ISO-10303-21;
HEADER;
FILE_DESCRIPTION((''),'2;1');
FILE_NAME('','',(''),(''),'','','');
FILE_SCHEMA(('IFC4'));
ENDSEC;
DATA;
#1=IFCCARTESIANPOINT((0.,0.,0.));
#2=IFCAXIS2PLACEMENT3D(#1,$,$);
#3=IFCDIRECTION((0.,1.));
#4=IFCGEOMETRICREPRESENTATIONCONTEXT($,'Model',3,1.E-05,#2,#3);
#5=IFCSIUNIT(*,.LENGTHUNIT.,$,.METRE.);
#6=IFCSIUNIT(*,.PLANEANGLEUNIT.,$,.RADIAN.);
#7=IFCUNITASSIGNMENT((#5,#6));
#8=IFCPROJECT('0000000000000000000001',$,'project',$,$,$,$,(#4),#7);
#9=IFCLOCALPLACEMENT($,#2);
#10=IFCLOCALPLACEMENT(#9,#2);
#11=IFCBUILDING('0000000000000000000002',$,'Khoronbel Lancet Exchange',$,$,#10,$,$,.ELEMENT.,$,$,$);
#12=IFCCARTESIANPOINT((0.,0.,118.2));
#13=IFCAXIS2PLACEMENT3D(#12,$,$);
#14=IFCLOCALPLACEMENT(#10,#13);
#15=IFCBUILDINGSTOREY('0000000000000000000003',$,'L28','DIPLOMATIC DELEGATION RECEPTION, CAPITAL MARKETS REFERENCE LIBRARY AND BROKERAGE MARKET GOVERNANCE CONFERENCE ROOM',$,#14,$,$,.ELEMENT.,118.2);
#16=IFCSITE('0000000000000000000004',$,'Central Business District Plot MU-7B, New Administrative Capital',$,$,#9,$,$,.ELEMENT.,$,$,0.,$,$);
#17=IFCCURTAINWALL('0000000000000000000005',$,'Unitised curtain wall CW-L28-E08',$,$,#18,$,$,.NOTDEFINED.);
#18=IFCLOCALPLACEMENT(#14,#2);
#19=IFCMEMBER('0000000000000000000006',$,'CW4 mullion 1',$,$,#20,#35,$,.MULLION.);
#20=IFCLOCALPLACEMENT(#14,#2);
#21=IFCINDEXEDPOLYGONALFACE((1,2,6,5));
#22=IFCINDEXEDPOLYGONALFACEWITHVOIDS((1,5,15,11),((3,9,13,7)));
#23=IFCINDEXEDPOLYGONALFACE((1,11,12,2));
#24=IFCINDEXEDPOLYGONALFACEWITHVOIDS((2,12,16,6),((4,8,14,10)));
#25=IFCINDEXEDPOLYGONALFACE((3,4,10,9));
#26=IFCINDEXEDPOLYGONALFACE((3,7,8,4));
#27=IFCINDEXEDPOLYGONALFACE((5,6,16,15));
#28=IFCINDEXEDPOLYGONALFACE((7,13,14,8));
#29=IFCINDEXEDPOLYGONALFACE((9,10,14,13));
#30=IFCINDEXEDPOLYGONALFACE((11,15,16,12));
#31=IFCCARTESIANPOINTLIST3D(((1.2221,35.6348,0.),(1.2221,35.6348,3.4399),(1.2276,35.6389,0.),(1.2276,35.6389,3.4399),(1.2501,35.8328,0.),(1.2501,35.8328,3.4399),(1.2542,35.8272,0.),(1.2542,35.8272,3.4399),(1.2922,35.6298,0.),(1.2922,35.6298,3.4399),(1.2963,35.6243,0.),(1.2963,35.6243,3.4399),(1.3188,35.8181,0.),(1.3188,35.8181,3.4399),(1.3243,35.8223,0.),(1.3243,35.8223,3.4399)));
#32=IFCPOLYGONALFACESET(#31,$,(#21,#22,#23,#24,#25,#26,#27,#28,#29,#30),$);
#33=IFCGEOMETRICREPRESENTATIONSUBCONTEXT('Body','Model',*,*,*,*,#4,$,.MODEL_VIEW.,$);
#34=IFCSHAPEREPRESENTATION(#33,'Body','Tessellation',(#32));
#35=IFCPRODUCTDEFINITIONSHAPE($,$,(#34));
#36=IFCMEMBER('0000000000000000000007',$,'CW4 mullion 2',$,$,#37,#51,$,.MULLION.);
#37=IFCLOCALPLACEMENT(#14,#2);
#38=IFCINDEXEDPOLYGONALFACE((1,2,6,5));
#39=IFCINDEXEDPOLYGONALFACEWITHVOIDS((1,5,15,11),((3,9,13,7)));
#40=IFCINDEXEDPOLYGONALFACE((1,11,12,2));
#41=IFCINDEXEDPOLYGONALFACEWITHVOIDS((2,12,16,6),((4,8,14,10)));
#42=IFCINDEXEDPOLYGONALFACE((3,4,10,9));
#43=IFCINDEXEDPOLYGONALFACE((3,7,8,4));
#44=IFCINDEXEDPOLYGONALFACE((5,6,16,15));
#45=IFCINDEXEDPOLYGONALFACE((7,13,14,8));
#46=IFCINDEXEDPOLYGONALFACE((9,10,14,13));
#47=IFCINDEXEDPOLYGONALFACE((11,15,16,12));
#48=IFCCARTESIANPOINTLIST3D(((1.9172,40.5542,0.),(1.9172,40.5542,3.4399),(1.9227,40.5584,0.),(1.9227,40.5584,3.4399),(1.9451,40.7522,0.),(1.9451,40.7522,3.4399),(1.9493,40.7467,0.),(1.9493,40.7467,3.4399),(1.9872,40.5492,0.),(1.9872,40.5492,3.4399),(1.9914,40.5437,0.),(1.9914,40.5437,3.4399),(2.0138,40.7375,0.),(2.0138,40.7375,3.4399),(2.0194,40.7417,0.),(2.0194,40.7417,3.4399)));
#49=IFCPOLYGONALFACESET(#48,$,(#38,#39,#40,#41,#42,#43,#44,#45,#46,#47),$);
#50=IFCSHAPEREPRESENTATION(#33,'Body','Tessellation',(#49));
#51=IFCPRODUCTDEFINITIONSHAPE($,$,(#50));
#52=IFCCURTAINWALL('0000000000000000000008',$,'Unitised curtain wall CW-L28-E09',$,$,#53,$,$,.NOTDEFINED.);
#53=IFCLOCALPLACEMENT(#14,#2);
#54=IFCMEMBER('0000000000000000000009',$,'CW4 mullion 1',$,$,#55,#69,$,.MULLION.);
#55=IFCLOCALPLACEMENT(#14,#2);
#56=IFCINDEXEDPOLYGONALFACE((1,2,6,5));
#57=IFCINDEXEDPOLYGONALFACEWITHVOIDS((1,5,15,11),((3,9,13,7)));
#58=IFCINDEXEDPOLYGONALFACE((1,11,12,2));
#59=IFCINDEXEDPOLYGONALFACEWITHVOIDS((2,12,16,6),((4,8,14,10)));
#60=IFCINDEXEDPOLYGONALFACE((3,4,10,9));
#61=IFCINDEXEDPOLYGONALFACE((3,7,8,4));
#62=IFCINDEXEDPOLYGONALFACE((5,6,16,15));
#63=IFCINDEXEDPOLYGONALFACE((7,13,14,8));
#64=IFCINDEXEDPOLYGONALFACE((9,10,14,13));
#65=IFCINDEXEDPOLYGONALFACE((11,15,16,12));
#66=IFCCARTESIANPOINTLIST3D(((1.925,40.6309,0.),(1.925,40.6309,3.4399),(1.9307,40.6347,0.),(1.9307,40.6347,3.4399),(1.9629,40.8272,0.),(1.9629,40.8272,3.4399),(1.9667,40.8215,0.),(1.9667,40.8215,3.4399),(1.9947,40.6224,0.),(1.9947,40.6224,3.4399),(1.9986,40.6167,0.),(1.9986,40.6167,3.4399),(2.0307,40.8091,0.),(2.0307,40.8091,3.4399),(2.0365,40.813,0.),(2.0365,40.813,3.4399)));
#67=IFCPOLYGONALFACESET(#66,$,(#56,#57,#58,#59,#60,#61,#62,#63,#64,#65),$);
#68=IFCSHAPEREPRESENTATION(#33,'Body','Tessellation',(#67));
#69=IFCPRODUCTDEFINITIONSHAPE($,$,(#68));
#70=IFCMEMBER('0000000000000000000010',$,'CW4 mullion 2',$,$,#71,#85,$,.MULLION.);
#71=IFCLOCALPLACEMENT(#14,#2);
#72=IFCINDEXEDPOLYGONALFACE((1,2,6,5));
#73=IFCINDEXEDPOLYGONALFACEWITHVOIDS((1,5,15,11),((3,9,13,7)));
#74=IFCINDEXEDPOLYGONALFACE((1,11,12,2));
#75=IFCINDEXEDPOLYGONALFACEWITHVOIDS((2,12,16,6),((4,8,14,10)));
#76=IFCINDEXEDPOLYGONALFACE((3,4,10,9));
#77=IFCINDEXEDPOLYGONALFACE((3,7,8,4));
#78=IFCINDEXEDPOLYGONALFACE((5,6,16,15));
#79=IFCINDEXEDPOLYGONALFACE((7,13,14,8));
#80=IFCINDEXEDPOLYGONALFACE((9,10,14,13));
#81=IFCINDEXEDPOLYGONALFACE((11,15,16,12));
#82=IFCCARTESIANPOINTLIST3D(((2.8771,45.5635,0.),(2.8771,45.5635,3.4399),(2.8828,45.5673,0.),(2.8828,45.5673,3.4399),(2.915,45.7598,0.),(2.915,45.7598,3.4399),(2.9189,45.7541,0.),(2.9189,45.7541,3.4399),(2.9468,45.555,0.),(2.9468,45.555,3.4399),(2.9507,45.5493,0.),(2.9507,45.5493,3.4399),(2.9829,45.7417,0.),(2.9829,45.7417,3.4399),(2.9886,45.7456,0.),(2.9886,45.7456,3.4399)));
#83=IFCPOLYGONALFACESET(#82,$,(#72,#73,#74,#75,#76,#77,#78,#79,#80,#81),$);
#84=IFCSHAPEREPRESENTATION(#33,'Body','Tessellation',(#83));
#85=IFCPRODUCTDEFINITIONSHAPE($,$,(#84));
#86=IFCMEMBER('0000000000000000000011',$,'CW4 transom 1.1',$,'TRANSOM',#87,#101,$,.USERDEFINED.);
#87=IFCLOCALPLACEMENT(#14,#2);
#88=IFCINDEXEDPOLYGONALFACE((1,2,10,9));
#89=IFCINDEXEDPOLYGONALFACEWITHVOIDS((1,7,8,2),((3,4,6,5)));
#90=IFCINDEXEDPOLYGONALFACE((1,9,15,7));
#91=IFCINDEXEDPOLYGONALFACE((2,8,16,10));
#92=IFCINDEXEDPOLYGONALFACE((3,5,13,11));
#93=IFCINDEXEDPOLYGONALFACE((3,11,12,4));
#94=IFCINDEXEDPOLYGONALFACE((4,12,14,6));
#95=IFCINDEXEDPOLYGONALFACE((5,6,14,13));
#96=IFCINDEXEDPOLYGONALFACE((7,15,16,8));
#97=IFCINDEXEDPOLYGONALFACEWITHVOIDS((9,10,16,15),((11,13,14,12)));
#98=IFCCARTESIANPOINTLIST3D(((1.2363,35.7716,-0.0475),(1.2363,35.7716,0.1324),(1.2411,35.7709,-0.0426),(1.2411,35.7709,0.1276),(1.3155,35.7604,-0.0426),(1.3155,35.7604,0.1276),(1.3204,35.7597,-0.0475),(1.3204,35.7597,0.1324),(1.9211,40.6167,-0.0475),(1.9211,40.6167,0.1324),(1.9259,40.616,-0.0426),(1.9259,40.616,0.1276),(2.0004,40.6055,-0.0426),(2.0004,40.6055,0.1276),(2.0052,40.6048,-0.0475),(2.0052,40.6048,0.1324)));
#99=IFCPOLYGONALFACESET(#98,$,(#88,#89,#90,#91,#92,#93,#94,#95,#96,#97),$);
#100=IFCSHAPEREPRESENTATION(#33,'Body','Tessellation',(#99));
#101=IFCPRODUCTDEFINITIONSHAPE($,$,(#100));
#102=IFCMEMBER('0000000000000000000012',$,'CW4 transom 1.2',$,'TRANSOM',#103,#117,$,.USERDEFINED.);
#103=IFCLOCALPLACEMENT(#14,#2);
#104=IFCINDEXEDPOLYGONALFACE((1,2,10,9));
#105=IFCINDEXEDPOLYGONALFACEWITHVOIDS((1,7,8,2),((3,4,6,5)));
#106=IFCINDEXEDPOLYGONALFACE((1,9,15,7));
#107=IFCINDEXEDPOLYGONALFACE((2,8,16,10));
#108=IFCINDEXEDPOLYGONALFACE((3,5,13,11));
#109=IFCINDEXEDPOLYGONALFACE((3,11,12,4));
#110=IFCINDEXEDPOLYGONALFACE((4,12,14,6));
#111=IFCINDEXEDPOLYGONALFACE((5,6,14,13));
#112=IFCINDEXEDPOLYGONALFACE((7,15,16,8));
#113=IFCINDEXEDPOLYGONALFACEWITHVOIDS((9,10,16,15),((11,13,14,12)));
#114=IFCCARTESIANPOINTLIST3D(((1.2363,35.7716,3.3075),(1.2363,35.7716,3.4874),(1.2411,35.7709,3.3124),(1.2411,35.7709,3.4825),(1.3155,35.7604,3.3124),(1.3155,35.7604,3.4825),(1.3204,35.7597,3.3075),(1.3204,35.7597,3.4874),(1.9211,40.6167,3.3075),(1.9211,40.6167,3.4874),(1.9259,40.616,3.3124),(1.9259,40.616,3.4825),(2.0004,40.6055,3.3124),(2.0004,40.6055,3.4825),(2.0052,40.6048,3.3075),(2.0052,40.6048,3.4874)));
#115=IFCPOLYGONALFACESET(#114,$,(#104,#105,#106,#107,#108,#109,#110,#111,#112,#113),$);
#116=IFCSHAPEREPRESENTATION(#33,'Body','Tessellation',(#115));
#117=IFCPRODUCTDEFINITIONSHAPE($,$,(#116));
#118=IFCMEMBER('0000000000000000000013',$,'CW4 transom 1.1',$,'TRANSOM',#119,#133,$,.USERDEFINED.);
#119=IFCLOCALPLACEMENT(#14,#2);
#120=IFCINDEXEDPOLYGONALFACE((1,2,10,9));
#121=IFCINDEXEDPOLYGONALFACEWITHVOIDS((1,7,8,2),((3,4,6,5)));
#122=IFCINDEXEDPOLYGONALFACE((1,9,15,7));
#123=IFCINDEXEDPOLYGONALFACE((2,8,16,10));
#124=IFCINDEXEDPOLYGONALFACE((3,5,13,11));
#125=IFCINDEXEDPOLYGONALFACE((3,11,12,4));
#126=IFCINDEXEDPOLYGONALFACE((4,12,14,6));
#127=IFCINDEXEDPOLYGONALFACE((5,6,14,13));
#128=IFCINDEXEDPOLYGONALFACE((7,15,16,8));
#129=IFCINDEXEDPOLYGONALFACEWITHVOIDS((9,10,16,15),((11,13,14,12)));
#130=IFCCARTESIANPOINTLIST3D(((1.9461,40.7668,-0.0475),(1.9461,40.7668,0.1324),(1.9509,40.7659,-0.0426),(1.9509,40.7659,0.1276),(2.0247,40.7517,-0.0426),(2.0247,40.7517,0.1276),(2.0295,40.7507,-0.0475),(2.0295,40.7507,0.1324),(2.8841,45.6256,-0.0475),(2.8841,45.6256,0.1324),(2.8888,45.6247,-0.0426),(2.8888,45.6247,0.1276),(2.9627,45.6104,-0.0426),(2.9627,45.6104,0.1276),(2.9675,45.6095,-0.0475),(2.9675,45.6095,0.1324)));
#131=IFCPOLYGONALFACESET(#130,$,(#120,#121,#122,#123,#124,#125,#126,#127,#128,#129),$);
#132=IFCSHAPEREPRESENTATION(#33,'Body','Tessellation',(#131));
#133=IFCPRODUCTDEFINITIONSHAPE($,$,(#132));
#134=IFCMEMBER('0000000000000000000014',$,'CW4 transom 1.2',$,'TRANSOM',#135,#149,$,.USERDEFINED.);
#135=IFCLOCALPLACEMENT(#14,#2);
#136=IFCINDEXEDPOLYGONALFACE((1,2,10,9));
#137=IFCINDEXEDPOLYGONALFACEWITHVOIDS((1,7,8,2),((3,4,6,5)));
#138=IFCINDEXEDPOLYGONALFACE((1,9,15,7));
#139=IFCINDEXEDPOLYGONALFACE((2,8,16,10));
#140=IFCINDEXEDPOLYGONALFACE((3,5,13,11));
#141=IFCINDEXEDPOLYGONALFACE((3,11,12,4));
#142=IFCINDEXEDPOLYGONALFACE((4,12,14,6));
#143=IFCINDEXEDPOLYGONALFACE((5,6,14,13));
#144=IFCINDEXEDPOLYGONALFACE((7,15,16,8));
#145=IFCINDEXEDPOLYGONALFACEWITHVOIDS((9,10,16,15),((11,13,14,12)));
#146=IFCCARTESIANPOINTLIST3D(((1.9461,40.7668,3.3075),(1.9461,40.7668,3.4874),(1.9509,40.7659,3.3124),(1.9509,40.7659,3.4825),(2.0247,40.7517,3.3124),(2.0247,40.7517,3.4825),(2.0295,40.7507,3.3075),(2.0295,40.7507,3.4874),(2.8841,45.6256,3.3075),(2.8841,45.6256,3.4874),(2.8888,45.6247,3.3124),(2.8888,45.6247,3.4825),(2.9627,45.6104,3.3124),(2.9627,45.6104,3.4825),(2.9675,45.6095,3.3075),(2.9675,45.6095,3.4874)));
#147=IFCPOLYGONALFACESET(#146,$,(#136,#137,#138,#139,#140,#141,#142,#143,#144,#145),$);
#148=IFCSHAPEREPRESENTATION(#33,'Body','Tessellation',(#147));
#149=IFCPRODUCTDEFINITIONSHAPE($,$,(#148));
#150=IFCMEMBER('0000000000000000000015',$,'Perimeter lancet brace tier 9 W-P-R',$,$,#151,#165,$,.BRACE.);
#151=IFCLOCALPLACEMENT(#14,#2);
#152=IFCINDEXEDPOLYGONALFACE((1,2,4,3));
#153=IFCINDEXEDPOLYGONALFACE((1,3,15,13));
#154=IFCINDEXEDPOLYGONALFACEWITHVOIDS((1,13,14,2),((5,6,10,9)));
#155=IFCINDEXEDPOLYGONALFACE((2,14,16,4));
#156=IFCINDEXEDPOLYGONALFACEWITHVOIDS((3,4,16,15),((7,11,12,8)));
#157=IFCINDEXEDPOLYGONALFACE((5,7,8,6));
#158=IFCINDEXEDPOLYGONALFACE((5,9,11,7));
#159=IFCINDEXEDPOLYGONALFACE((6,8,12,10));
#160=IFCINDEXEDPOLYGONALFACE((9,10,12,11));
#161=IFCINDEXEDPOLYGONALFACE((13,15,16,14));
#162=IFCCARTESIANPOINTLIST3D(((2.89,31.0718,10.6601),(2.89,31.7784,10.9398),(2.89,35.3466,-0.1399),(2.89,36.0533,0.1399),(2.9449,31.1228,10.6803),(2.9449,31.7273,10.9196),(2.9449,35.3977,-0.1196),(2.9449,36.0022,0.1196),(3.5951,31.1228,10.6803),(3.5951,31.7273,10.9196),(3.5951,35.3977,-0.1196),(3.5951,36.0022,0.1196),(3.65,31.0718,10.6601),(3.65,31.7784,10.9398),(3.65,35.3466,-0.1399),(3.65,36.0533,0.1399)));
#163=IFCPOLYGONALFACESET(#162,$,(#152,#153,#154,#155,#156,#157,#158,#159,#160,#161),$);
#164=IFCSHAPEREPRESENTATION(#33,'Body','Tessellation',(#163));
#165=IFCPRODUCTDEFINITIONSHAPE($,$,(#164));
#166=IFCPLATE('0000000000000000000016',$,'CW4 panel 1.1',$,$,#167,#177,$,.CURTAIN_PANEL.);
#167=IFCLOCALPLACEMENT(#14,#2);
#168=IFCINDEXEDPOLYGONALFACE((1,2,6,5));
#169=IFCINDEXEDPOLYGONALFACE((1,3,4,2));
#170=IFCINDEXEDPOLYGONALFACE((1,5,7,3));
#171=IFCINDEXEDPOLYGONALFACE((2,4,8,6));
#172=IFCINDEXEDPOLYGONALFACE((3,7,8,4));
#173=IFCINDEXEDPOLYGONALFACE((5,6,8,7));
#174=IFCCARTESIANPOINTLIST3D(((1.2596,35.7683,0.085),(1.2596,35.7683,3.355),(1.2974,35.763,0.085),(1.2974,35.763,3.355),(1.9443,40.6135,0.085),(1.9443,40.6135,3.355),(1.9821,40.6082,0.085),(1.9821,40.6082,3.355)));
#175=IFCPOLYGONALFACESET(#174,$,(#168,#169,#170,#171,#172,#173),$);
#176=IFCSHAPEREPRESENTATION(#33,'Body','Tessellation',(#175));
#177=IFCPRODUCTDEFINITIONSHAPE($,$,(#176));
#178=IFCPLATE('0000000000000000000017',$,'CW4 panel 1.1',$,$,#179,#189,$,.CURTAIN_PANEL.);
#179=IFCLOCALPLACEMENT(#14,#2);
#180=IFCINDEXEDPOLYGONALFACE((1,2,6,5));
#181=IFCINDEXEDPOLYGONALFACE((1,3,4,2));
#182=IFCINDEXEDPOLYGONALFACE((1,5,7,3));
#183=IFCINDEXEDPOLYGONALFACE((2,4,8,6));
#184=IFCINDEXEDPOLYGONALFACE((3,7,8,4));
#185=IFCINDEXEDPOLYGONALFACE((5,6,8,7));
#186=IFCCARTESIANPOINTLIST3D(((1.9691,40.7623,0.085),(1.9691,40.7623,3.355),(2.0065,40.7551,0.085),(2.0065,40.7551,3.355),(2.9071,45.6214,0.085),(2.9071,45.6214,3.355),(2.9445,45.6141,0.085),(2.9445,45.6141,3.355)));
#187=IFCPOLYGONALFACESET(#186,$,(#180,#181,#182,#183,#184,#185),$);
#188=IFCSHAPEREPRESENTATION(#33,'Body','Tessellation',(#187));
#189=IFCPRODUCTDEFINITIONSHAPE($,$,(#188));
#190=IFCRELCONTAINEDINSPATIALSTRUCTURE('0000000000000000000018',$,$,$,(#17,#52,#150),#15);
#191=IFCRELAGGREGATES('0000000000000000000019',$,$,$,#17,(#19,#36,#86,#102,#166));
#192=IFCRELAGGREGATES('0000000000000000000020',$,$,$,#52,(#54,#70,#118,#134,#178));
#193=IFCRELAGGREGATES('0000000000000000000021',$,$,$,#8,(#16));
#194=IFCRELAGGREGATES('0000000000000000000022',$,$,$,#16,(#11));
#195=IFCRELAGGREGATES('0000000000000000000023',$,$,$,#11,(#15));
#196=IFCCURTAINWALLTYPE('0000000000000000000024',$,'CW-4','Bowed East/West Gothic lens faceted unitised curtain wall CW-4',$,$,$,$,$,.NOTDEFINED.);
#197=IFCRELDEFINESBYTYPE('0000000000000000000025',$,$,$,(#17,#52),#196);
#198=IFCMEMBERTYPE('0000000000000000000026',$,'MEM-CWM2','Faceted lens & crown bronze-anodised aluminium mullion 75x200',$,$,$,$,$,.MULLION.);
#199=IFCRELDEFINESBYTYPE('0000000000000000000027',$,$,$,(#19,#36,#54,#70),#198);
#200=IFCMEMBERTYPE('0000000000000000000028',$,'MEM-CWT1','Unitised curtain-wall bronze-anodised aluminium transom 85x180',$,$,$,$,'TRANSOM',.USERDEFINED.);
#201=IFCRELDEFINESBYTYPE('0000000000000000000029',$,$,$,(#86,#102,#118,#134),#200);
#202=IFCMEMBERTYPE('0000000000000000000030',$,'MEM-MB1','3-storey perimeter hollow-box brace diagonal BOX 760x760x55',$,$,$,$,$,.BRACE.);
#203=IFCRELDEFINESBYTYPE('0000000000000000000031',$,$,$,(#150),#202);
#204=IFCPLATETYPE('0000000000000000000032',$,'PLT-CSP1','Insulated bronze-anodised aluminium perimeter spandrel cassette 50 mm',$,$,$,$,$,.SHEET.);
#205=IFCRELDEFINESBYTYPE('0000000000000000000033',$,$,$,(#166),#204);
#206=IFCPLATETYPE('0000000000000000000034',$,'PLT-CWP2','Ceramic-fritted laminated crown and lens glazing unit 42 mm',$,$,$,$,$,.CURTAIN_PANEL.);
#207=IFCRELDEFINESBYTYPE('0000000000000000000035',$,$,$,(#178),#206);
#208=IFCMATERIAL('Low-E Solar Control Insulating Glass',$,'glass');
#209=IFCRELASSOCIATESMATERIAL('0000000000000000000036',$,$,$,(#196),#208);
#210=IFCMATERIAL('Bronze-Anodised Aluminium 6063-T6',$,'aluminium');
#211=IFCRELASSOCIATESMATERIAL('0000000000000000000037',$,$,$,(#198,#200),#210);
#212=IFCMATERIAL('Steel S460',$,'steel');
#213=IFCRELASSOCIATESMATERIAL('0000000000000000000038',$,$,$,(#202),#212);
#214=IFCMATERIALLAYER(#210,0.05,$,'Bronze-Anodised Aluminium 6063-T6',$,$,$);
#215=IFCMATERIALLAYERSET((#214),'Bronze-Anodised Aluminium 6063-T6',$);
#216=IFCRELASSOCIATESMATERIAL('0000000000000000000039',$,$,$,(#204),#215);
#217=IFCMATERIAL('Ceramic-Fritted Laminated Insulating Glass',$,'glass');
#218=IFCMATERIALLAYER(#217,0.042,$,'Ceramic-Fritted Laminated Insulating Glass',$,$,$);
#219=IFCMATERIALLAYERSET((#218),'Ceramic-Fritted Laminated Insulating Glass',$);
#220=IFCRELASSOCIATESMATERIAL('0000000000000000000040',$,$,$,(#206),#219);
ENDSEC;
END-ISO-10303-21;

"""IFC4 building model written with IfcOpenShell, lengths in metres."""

from ifc_helpers import new_model, si_unit, direction, frame, origin, origin_2d, place, context, subcontext, project, spatial, rectangle, hollow_rectangle, extrude, material, layer, layer_set, material_profile, profile_set, type_object, element, aggregate, save


model = new_model("IFC4")

# Units and contexts
model_context = context("Model", 3, precision=1e-05, world=origin(), true_north=direction((0.0, 1.0)))
body_context = subcontext(model_context, "Body", "Model", "MODEL_VIEW")
ifc_project = project(units=[si_unit("LENGTHUNIT", "METRE"), si_unit("PLANEANGLEUNIT", "RADIAN")], contexts=[model_context])

# Site, building, storey
site_placement = place(None, origin())
site = spatial("IfcSite", under=ifc_project, at=site_placement, Name="Central Business District Plot MU-7B, New Administrative Capital", CompositionType="ELEMENT", RefElevation=0.0)
building_placement = place(site_placement, origin())
building = spatial("IfcBuilding", under=site, at=building_placement, Name="Khoronbel Lancet Exchange", CompositionType="ELEMENT")
storey_placement = place(building_placement, frame((0.0, 0.0, 118.2)))
storey = spatial("IfcBuildingStorey", under=building, at=storey_placement, Name="L28", Description="DIPLOMATIC DELEGATION RECEPTION, CAPITAL MARKETS REFERENCE LIBRARY AND BROKERAGE MARKET GOVERNANCE CONFERENCE ROOM", CompositionType="ELEMENT", Elevation=118.2)

# Shared definitions
ifc_material_1 = material(Name="Steel S460", Category="steel")

# Curtain walls, members
ifc_material_2 = material(Name="Low-E Solar Control Insulating Glass", Category="glass")
curtain_wall_type = type_object("IfcCurtainWallType", Name="CW-4", Description="Bowed East/West Gothic lens faceted unitised curtain wall CW-4", PredefinedType="NOTDEFINED", material=ifc_material_2)
curtain_wall_1_placement = place(storey_placement, origin())
curtain_wall_1 = element("IfcCurtainWall", 1, at=curtain_wall_1_placement, inside=storey, type_object=curtain_wall_type, Name="Unitised curtain wall CW-L28-E08", PredefinedType="NOTDEFINED")
ifc_material_3 = material(Name="Bronze-Anodised Aluminium 6063-T6", Category="aluminium")
ifc_material_profile_1 = material_profile(ifc_material_3, hollow_rectangle(XDim=0.075, YDim=0.2, WallThickness=0.0049, at=origin_2d()), Name="ALU MULLION 75x200")
ifc_profile_set_1 = profile_set([ifc_material_profile_1], Name="Bronze-Anodised Aluminium 6063-T6")
member_type_1 = type_object("IfcMemberType", Name="MEM-CWM2", Description="Faceted lens & crown bronze-anodised aluminium mullion 75x200", PredefinedType="MULLION", material=ifc_profile_set_1)
member_1_placement = place(storey_placement, frame((1.2732, 35.7285, 0.0), z_axis=(0.0, 0.0, 1.0), x_axis=(-0.990162, 0.139925, 0.0)))
member_1 = element("IfcMember", 2, at=member_1_placement, type_object=member_type_1, Name="CW4 mullion 1", PredefinedType="MULLION", context=body_context, shape_type="SweptSolid", body=[
    extrude(hollow_rectangle(XDim=0.075, YDim=0.2, WallThickness=0.0049, at=origin_2d()), origin(), (0.0, 0.0, 1.0), 3.4399),
])
member_2_placement = place(storey_placement, frame((1.9683, 40.6479, 0.0), z_axis=(0.0, 0.0, 1.0), x_axis=(-0.990162, 0.139925, 0.0)))
member_2 = element("IfcMember", 3, at=member_2_placement, type_object=member_type_1, Name="CW4 mullion 2", PredefinedType="MULLION", context=body_context, shape_type="SweptSolid", body=[
    extrude(hollow_rectangle(XDim=0.075, YDim=0.2, WallThickness=0.0049, at=origin_2d()), origin(), (0.0, 0.0, 1.0), 3.4399),
])
curtain_wall_2_placement = place(storey_placement, origin())
curtain_wall_2 = element("IfcCurtainWall", 4, at=curtain_wall_2_placement, inside=storey, type_object=curtain_wall_type, Name="Unitised curtain wall CW-L28-E09", PredefinedType="NOTDEFINED")
member_3_placement = place(storey_placement, frame((1.9807, 40.7219, 0.0), z_axis=(0.0, 0.0, 1.0), x_axis=(-0.981873, 0.189541, 0.0)))
member_3 = element("IfcMember", 5, at=member_3_placement, type_object=member_type_1, Name="CW4 mullion 1", PredefinedType="MULLION", context=body_context, shape_type="SweptSolid", body=[
    extrude(hollow_rectangle(XDim=0.075, YDim=0.2, WallThickness=0.0049, at=origin_2d()), origin(), (0.0, 0.0, 1.0), 3.4399),
])
member_4_placement = place(storey_placement, frame((2.9329, 45.6545, 0.0), z_axis=(0.0, 0.0, 1.0), x_axis=(-0.981873, 0.189541, 0.0)))
member_4 = element("IfcMember", 6, at=member_4_placement, type_object=member_type_1, Name="CW4 mullion 2", PredefinedType="MULLION", context=body_context, shape_type="SweptSolid", body=[
    extrude(hollow_rectangle(XDim=0.075, YDim=0.2, WallThickness=0.0049, at=origin_2d()), origin(), (0.0, 0.0, 1.0), 3.4399),
])

# Members
ifc_material_profile_2 = material_profile(ifc_material_3, hollow_rectangle(XDim=0.085, YDim=0.1799, WallThickness=0.0049, at=origin_2d()), Name="ALU TRANSOM 85x180")
ifc_profile_set_2 = profile_set([ifc_material_profile_2], Name="Bronze-Anodised Aluminium 6063-T6")
member_type_2 = type_object("IfcMemberType", Name="MEM-CWT1", Description="Unitised curtain-wall bronze-anodised aluminium transom 85x180", ElementType="TRANSOM", PredefinedType="USERDEFINED", material=ifc_profile_set_2)
member_5_placement = place(storey_placement, frame((1.2783, 35.7656, 0.0425), z_axis=(0.139947, 0.990159, 0.0), x_axis=(-0.990159, 0.139947, 0.0)))
member_5 = element("IfcMember", 7, at=member_5_placement, type_object=member_type_2, Name="CW4 transom 1.1", ObjectType="TRANSOM", PredefinedType="USERDEFINED", context=body_context, shape_type="SweptSolid", body=[
    extrude(hollow_rectangle(XDim=0.085, YDim=0.1799, WallThickness=0.0049, at=origin_2d()), origin(), (0.0, 0.0, 1.0), 4.8933),
])
member_6_placement = place(storey_placement, frame((1.2783, 35.7656, 3.3975), z_axis=(0.139947, 0.990159, 0.0), x_axis=(-0.990159, 0.139947, 0.0)))
member_6 = element("IfcMember", 8, at=member_6_placement, type_object=member_type_2, Name="CW4 transom 1.2", ObjectType="TRANSOM", PredefinedType="USERDEFINED", context=body_context, shape_type="SweptSolid", body=[
    extrude(hollow_rectangle(XDim=0.085, YDim=0.1799, WallThickness=0.0049, at=origin_2d()), origin(), (0.0, 0.0, 1.0), 4.8933),
])
member_7_placement = place(storey_placement, frame((1.9878, 40.7588, 0.0425), z_axis=(0.189546, 0.981872, 0.0), x_axis=(-0.981872, 0.189546, 0.0)))
member_7 = element("IfcMember", 9, at=member_7_placement, type_object=member_type_2, Name="CW4 transom 1.1", ObjectType="TRANSOM", PredefinedType="USERDEFINED", context=body_context, shape_type="SweptSolid", body=[
    extrude(hollow_rectangle(XDim=0.085, YDim=0.1799, WallThickness=0.0049, at=origin_2d()), origin(), (0.0, 0.0, 1.0), 4.9485),
])
member_8_placement = place(storey_placement, frame((1.9878, 40.7588, 3.3975), z_axis=(0.189546, 0.981872, 0.0), x_axis=(-0.981872, 0.189546, 0.0)))
member_8 = element("IfcMember", 10, at=member_8_placement, type_object=member_type_2, Name="CW4 transom 1.2", ObjectType="TRANSOM", PredefinedType="USERDEFINED", context=body_context, shape_type="SweptSolid", body=[
    extrude(hollow_rectangle(XDim=0.085, YDim=0.1799, WallThickness=0.0049, at=origin_2d()), origin(), (0.0, 0.0, 1.0), 4.9485),
])
ifc_material_profile_3 = material_profile(ifc_material_1, hollow_rectangle(XDim=0.76, YDim=0.76, WallThickness=0.0549, at=origin_2d()), Name="BOX 760x760x55")
ifc_profile_set_3 = profile_set([ifc_material_profile_3], Name="Steel S460")
member_type_3 = type_object("IfcMemberType", Name="MEM-MB1", Description="3-storey perimeter hollow-box brace diagonal BOX 760x760x55", PredefinedType="BRACE", material=ifc_profile_set_3)
member_9_placement = place(storey_placement, frame((3.27, 35.7, 0.0), z_axis=(0.0, -0.36804, 0.92981), x_axis=(1.0, 0.0, 0.0)))
element("IfcMember", 11, at=member_9_placement, inside=storey, type_object=member_type_3, Name="Perimeter lancet brace tier 9 W-P-R", PredefinedType="BRACE", context=body_context, shape_type="SweptSolid", body=[
    extrude(hollow_rectangle(XDim=0.76, YDim=0.76, WallThickness=0.0549, at=origin_2d()), origin(), (0.0, 0.0, 1.0), 11.6152),
])

# Plates
ifc_layer_1 = layer(ifc_material_3, 0.05, Name="Bronze-Anodised Aluminium 6063-T6")
ifc_layer_set_1 = layer_set([ifc_layer_1], Name="Bronze-Anodised Aluminium 6063-T6")
plate_type_1 = type_object("IfcPlateType", Name="PLT-CSP1", Description="Insulated bronze-anodised aluminium perimeter spandrel cassette 50 mm", PredefinedType="SHEET", material=ifc_layer_set_1)
plate_1_placement = place(storey_placement, frame((1.6208, 38.1882, 0.085), z_axis=(0.0, 0.0, 1.0), x_axis=(0.139925, 0.990162, 0.0)))
plate_1 = element("IfcPlate", 12, at=plate_1_placement, type_object=plate_type_1, Name="CW4 panel 1.1", PredefinedType="CURTAIN_PANEL", context=body_context, shape_type="SweptSolid", body=[
    extrude(rectangle(XDim=4.8933, YDim=0.0381, at=origin_2d()), origin(), (0.0, 0.0, 1.0), 3.27),
])
aggregate(curtain_wall_1, [member_1, member_2, member_5, member_6, plate_1])
ifc_material_4 = material(Name="Ceramic-Fritted Laminated Insulating Glass", Category="glass")
ifc_layer_2 = layer(ifc_material_4, 0.042, Name="Ceramic-Fritted Laminated Insulating Glass")
ifc_layer_set_2 = layer_set([ifc_layer_2], Name="Ceramic-Fritted Laminated Insulating Glass")
plate_type_2 = type_object("IfcPlateType", Name="PLT-CWP2", Description="Ceramic-fritted laminated crown and lens glazing unit 42 mm", PredefinedType="CURTAIN_PANEL", material=ifc_layer_set_2)
plate_2_placement = place(storey_placement, frame((2.4568, 43.1882, 0.085), z_axis=(0.0, 0.0, 1.0), x_axis=(0.189541, 0.981873, 0.0)))
plate_2 = element("IfcPlate", 13, at=plate_2_placement, type_object=plate_type_2, Name="CW4 panel 1.1", PredefinedType="CURTAIN_PANEL", context=body_context, shape_type="SweptSolid", body=[
    extrude(rectangle(XDim=4.9487, YDim=0.0381, at=origin_2d()), origin(), (0.0, 0.0, 1.0), 3.27),
])
aggregate(curtain_wall_2, [member_3, member_4, member_7, member_8, plate_2])

save(model, "model.ifc")
